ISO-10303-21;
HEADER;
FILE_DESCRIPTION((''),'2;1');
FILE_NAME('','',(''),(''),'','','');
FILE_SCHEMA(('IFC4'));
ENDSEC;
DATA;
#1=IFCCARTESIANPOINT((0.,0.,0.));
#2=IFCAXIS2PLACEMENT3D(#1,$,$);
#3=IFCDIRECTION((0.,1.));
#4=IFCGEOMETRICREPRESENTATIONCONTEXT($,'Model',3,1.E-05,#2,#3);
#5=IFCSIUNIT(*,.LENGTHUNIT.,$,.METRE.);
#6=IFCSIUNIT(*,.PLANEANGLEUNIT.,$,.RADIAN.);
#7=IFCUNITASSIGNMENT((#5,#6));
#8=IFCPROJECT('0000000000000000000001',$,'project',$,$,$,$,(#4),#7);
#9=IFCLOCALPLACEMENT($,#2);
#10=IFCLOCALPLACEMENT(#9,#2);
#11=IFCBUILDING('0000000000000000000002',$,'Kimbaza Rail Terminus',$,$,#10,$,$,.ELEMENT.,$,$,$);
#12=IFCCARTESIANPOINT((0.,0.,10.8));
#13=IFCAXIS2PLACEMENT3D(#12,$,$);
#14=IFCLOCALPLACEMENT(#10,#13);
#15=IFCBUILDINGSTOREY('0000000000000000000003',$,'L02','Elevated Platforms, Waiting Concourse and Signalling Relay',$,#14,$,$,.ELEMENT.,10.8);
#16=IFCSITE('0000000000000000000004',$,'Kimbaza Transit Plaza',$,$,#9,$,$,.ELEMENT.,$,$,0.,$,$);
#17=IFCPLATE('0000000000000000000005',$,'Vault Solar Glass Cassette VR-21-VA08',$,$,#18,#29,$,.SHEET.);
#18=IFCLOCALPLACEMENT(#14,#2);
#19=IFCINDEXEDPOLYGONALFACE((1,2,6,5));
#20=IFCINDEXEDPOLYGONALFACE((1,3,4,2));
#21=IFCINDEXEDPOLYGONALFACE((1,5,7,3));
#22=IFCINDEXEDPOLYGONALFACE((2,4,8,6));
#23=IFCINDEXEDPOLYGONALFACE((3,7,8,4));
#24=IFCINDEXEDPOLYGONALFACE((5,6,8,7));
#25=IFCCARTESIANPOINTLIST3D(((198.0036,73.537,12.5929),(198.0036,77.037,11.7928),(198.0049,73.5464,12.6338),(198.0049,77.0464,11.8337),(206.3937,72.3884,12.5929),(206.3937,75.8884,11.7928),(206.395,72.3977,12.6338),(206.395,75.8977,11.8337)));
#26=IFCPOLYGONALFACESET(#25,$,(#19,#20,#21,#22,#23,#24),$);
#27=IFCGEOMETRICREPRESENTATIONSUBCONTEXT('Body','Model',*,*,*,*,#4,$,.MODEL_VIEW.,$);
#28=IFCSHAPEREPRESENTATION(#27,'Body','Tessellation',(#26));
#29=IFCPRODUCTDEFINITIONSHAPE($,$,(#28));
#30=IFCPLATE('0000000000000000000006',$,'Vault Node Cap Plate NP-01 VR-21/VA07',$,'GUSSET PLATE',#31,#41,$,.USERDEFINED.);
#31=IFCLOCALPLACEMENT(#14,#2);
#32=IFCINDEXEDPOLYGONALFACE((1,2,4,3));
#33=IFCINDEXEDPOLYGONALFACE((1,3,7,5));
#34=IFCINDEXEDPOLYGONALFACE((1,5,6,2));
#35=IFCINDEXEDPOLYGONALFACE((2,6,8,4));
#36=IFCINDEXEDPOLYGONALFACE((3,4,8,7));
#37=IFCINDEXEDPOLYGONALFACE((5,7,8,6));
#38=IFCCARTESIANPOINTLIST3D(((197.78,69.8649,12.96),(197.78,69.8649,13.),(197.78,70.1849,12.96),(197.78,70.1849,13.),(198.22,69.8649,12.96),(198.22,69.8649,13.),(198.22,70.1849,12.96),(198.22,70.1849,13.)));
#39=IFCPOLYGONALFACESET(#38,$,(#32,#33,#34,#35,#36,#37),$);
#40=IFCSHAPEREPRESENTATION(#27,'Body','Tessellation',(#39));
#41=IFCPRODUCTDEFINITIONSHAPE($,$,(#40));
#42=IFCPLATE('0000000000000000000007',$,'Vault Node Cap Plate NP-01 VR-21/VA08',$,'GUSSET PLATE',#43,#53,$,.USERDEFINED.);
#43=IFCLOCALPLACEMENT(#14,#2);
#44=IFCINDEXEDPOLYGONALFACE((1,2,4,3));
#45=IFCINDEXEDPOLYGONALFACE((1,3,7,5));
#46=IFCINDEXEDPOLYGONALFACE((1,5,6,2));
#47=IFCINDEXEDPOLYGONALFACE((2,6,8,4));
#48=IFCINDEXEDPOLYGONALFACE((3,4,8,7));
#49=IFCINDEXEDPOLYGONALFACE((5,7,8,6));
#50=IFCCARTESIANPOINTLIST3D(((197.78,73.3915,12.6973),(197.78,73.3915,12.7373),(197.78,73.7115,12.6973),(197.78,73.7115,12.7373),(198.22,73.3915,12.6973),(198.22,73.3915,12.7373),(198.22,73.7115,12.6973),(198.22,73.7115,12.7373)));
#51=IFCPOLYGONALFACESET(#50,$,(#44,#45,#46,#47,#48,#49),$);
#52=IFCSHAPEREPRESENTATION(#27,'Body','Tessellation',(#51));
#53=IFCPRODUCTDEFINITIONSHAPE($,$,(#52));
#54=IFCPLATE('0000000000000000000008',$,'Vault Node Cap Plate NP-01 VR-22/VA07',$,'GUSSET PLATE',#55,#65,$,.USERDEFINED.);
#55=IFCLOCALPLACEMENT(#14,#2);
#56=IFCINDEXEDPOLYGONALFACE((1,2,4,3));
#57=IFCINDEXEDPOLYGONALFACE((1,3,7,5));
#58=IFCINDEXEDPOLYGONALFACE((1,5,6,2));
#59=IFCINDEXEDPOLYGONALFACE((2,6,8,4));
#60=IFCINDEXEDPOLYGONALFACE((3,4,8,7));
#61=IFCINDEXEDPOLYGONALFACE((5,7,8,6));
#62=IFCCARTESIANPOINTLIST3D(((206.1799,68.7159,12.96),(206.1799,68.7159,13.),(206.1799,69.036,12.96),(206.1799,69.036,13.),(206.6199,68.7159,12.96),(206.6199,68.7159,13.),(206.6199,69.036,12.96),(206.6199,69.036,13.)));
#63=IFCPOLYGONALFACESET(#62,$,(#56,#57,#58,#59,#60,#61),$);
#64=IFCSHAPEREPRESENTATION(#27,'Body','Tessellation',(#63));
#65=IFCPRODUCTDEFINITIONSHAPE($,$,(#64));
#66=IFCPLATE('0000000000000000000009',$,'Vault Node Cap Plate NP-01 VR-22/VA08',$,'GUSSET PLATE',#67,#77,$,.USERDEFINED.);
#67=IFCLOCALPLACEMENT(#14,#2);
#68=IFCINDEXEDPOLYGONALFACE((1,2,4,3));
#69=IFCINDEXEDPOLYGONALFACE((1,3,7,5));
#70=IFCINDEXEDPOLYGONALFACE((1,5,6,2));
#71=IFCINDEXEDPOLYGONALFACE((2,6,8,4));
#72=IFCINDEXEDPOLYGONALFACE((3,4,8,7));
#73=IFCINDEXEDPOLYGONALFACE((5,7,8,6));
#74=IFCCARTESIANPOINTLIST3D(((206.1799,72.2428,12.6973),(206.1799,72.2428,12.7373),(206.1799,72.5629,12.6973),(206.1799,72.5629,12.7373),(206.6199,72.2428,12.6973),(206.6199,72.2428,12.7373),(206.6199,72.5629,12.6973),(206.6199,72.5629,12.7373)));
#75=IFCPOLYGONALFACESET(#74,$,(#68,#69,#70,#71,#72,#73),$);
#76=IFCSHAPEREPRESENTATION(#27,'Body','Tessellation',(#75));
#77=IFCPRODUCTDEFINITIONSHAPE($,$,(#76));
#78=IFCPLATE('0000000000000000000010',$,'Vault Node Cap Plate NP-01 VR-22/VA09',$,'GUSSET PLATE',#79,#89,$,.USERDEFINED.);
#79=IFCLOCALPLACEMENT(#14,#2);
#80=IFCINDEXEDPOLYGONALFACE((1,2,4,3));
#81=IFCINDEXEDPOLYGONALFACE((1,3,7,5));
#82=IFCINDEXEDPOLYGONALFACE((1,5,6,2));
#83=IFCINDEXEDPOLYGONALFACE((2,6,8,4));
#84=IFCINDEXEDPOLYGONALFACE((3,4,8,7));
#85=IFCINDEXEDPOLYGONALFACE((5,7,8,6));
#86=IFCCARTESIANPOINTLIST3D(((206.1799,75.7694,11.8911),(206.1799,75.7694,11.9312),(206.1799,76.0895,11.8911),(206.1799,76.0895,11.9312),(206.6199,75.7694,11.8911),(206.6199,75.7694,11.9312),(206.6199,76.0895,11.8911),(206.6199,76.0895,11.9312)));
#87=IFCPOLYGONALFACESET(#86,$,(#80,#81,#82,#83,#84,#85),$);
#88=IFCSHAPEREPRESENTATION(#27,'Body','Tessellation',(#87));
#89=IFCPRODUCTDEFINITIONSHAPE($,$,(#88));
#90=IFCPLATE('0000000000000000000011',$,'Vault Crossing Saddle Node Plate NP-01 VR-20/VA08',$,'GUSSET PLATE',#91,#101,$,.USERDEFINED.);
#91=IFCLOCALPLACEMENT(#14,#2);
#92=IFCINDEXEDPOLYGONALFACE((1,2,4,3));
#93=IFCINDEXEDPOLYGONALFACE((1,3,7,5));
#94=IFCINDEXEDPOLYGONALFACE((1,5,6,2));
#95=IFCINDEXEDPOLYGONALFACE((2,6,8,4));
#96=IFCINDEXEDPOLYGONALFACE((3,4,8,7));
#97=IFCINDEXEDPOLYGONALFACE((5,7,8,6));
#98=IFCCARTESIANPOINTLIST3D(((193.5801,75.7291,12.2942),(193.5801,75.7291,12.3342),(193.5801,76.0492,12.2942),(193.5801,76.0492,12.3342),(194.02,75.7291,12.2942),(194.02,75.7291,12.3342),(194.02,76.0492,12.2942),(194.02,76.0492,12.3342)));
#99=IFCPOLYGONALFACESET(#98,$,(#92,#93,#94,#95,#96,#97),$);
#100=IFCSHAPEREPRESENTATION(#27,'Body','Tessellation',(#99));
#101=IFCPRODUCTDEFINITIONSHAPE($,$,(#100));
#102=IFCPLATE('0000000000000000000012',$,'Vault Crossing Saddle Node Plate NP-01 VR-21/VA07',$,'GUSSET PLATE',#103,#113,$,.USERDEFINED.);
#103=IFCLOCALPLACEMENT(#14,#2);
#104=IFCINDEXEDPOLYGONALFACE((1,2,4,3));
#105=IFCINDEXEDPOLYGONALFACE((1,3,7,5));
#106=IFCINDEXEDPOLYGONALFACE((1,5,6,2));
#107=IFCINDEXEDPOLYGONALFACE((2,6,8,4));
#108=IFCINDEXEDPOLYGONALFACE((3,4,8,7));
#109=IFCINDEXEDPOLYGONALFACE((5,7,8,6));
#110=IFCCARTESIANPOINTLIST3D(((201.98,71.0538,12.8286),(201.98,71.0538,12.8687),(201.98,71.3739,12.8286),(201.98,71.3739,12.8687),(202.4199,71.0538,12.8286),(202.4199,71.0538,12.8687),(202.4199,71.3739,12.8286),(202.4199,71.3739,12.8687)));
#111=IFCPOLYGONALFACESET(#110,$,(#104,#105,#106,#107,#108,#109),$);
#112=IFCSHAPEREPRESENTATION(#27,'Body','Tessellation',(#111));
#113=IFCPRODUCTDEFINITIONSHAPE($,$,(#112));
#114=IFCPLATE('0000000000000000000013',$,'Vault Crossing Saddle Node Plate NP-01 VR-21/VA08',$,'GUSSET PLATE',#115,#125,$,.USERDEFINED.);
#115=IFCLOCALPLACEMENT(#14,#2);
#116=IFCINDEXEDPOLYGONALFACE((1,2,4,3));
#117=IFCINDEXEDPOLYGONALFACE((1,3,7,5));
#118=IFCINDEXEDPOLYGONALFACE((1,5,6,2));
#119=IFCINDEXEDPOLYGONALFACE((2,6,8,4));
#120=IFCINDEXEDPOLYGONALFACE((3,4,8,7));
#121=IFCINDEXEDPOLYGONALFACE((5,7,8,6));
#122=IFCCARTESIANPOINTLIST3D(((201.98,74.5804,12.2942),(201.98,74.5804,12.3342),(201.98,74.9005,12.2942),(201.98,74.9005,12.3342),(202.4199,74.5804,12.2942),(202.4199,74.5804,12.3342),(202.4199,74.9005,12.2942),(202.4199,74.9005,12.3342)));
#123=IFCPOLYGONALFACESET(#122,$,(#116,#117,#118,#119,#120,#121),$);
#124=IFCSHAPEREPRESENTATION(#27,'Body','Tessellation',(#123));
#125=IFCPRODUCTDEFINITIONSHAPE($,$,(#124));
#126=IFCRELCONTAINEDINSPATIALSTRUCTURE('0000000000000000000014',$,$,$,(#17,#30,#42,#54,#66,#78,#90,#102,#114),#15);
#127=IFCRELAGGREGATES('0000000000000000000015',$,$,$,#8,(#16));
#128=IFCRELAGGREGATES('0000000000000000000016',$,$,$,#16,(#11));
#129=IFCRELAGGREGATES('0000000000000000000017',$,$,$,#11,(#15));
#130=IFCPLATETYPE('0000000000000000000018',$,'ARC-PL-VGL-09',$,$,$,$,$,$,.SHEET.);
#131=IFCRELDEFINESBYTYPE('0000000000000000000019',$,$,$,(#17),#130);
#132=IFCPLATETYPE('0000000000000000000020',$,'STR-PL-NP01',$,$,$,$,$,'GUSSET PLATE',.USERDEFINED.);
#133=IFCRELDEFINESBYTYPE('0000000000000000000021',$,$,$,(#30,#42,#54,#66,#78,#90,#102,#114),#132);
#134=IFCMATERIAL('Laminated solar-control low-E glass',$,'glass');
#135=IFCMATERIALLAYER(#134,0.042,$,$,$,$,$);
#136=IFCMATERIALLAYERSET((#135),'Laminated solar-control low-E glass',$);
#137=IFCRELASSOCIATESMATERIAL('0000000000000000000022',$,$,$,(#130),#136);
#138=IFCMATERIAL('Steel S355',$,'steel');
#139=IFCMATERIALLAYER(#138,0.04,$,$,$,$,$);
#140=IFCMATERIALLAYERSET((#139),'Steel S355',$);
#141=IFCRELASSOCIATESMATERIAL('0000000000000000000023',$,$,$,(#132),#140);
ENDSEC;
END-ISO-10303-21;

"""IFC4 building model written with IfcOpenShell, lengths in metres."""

from ifc_helpers import new_model, si_unit, direction, frame, origin, origin_2d, place, context, subcontext, project, spatial, polyline, rectangle, outline, extrude, material, layer, layer_set, type_object, element, save


model = new_model("IFC4")

# Units and contexts
model_context = context("Model", 3, precision=1e-05, world=origin(), true_north=direction((0.0, 1.0)))
body_context = subcontext(model_context, "Body", "Model", "MODEL_VIEW")
ifc_project = project(units=[si_unit("LENGTHUNIT", "METRE"), si_unit("PLANEANGLEUNIT", "RADIAN")], contexts=[model_context])

# Site, building, storey
site_placement = place(None, origin())
site = spatial("IfcSite", under=ifc_project, at=site_placement, Name="Kimbaza Transit Plaza", CompositionType="ELEMENT", RefElevation=0.0)
building_placement = place(site_placement, origin())
building = spatial("IfcBuilding", under=site, at=building_placement, Name="Kimbaza Rail Terminus", CompositionType="ELEMENT")
storey_placement = place(building_placement, frame((0.0, 0.0, 10.8)))
storey = spatial("IfcBuildingStorey", under=building, at=storey_placement, Name="L02", Description="Elevated Platforms, Waiting Concourse and Signalling Relay", CompositionType="ELEMENT", Elevation=10.8)

# Plates
ifc_material_1 = material(Name="Laminated solar-control low-E glass", Category="glass")
ifc_layer_1 = layer(ifc_material_1, 0.042)
ifc_layer_set_1 = layer_set([ifc_layer_1], Name="Laminated solar-control low-E glass")
plate_type_1 = type_object("IfcPlateType", Name="ARC-PL-VGL-09", PredefinedType="SHEET", material=ifc_layer_set_1)
plate_1_placement = place(storey_placement, frame((198.0049, 73.5464, 12.6338), z_axis=(0.030494, 0.222734, 0.974402), x_axis=(0.990758, -0.135643, 0.0)))
element("IfcPlate", 1, at=plate_1_placement, inside=storey, type_object=plate_type_1, Name="Vault Solar Glass Cassette VR-21-VA08", PredefinedType="SHEET", context=body_context, shape_type="SweptSolid", body=[
    extrude(outline(polyline([(0.0, 0.0), (8.4684, 0.0), (7.9937, 3.5587), (-0.4748, 3.5587), (0.0, 0.0)])), origin(), (0.0, 0.0, -1.0), 0.042),
])
ifc_material_2 = material(Name="Steel S355", Category="steel")
ifc_layer_2 = layer(ifc_material_2, 0.04)
ifc_layer_set_2 = layer_set([ifc_layer_2], Name="Steel S355")
plate_type_2 = type_object("IfcPlateType", Name="STR-PL-NP01", ElementType="GUSSET PLATE", PredefinedType="USERDEFINED", material=ifc_layer_set_2)
for number, where, z_axis, x_axis, name in (
    (2, (198.0, 70.0249, 12.96), (0.0, 0.0, 1.0), (1.0, 0.0, 0.0), "Vault Node Cap Plate NP-01 VR-21/VA07"),
    (3, (198.0, 73.5515, 12.6973), (0.0, 0.0, 1.0), (1.0, 0.0, 0.0), "Vault Node Cap Plate NP-01 VR-21/VA08"),
    (4, (206.3999, 68.876, 12.96), (0.0, 0.0, 1.0), (1.0, 0.0, 0.0), "Vault Node Cap Plate NP-01 VR-22/VA07"),
    (5, (206.3999, 72.4028, 12.6973), (0.0, 0.0, 1.0), (1.0, 0.0, 0.0), "Vault Node Cap Plate NP-01 VR-22/VA08"),
    (6, (206.3999, 75.9294, 11.8911), (0.0, 0.0, 1.0), (1.0, 0.0, 0.0), "Vault Node Cap Plate NP-01 VR-22/VA09"),
    (7, (193.8, 75.8892, 12.2942), (0.0, 0.0, 1.0), (1.0, 0.0, 0.0), "Vault Crossing Saddle Node Plate NP-01 VR-20/VA08"),
    (8, (202.2, 71.2139, 12.8286), (0.0, 0.0, 1.0), (1.0, 0.0, 0.0), "Vault Crossing Saddle Node Plate NP-01 VR-21/VA07"),
    (9, (202.2, 74.7405, 12.2942), (0.0, 0.0, 1.0), (1.0, 0.0, 0.0), "Vault Crossing Saddle Node Plate NP-01 VR-21/VA08"),
):
    element("IfcPlate", number, at=place(storey_placement, frame(where, z_axis=z_axis, x_axis=x_axis)), inside=storey, type_object=plate_type_2, Name=name, ObjectType="GUSSET PLATE", PredefinedType="USERDEFINED", context=body_context, shape_type="SweptSolid", body=[
        extrude(rectangle(XDim=0.4399, YDim=0.3201, at=origin_2d()), origin(), (0.0, 0.0, 1.0), 0.04),
    ])

save(model, "model.ifc")
